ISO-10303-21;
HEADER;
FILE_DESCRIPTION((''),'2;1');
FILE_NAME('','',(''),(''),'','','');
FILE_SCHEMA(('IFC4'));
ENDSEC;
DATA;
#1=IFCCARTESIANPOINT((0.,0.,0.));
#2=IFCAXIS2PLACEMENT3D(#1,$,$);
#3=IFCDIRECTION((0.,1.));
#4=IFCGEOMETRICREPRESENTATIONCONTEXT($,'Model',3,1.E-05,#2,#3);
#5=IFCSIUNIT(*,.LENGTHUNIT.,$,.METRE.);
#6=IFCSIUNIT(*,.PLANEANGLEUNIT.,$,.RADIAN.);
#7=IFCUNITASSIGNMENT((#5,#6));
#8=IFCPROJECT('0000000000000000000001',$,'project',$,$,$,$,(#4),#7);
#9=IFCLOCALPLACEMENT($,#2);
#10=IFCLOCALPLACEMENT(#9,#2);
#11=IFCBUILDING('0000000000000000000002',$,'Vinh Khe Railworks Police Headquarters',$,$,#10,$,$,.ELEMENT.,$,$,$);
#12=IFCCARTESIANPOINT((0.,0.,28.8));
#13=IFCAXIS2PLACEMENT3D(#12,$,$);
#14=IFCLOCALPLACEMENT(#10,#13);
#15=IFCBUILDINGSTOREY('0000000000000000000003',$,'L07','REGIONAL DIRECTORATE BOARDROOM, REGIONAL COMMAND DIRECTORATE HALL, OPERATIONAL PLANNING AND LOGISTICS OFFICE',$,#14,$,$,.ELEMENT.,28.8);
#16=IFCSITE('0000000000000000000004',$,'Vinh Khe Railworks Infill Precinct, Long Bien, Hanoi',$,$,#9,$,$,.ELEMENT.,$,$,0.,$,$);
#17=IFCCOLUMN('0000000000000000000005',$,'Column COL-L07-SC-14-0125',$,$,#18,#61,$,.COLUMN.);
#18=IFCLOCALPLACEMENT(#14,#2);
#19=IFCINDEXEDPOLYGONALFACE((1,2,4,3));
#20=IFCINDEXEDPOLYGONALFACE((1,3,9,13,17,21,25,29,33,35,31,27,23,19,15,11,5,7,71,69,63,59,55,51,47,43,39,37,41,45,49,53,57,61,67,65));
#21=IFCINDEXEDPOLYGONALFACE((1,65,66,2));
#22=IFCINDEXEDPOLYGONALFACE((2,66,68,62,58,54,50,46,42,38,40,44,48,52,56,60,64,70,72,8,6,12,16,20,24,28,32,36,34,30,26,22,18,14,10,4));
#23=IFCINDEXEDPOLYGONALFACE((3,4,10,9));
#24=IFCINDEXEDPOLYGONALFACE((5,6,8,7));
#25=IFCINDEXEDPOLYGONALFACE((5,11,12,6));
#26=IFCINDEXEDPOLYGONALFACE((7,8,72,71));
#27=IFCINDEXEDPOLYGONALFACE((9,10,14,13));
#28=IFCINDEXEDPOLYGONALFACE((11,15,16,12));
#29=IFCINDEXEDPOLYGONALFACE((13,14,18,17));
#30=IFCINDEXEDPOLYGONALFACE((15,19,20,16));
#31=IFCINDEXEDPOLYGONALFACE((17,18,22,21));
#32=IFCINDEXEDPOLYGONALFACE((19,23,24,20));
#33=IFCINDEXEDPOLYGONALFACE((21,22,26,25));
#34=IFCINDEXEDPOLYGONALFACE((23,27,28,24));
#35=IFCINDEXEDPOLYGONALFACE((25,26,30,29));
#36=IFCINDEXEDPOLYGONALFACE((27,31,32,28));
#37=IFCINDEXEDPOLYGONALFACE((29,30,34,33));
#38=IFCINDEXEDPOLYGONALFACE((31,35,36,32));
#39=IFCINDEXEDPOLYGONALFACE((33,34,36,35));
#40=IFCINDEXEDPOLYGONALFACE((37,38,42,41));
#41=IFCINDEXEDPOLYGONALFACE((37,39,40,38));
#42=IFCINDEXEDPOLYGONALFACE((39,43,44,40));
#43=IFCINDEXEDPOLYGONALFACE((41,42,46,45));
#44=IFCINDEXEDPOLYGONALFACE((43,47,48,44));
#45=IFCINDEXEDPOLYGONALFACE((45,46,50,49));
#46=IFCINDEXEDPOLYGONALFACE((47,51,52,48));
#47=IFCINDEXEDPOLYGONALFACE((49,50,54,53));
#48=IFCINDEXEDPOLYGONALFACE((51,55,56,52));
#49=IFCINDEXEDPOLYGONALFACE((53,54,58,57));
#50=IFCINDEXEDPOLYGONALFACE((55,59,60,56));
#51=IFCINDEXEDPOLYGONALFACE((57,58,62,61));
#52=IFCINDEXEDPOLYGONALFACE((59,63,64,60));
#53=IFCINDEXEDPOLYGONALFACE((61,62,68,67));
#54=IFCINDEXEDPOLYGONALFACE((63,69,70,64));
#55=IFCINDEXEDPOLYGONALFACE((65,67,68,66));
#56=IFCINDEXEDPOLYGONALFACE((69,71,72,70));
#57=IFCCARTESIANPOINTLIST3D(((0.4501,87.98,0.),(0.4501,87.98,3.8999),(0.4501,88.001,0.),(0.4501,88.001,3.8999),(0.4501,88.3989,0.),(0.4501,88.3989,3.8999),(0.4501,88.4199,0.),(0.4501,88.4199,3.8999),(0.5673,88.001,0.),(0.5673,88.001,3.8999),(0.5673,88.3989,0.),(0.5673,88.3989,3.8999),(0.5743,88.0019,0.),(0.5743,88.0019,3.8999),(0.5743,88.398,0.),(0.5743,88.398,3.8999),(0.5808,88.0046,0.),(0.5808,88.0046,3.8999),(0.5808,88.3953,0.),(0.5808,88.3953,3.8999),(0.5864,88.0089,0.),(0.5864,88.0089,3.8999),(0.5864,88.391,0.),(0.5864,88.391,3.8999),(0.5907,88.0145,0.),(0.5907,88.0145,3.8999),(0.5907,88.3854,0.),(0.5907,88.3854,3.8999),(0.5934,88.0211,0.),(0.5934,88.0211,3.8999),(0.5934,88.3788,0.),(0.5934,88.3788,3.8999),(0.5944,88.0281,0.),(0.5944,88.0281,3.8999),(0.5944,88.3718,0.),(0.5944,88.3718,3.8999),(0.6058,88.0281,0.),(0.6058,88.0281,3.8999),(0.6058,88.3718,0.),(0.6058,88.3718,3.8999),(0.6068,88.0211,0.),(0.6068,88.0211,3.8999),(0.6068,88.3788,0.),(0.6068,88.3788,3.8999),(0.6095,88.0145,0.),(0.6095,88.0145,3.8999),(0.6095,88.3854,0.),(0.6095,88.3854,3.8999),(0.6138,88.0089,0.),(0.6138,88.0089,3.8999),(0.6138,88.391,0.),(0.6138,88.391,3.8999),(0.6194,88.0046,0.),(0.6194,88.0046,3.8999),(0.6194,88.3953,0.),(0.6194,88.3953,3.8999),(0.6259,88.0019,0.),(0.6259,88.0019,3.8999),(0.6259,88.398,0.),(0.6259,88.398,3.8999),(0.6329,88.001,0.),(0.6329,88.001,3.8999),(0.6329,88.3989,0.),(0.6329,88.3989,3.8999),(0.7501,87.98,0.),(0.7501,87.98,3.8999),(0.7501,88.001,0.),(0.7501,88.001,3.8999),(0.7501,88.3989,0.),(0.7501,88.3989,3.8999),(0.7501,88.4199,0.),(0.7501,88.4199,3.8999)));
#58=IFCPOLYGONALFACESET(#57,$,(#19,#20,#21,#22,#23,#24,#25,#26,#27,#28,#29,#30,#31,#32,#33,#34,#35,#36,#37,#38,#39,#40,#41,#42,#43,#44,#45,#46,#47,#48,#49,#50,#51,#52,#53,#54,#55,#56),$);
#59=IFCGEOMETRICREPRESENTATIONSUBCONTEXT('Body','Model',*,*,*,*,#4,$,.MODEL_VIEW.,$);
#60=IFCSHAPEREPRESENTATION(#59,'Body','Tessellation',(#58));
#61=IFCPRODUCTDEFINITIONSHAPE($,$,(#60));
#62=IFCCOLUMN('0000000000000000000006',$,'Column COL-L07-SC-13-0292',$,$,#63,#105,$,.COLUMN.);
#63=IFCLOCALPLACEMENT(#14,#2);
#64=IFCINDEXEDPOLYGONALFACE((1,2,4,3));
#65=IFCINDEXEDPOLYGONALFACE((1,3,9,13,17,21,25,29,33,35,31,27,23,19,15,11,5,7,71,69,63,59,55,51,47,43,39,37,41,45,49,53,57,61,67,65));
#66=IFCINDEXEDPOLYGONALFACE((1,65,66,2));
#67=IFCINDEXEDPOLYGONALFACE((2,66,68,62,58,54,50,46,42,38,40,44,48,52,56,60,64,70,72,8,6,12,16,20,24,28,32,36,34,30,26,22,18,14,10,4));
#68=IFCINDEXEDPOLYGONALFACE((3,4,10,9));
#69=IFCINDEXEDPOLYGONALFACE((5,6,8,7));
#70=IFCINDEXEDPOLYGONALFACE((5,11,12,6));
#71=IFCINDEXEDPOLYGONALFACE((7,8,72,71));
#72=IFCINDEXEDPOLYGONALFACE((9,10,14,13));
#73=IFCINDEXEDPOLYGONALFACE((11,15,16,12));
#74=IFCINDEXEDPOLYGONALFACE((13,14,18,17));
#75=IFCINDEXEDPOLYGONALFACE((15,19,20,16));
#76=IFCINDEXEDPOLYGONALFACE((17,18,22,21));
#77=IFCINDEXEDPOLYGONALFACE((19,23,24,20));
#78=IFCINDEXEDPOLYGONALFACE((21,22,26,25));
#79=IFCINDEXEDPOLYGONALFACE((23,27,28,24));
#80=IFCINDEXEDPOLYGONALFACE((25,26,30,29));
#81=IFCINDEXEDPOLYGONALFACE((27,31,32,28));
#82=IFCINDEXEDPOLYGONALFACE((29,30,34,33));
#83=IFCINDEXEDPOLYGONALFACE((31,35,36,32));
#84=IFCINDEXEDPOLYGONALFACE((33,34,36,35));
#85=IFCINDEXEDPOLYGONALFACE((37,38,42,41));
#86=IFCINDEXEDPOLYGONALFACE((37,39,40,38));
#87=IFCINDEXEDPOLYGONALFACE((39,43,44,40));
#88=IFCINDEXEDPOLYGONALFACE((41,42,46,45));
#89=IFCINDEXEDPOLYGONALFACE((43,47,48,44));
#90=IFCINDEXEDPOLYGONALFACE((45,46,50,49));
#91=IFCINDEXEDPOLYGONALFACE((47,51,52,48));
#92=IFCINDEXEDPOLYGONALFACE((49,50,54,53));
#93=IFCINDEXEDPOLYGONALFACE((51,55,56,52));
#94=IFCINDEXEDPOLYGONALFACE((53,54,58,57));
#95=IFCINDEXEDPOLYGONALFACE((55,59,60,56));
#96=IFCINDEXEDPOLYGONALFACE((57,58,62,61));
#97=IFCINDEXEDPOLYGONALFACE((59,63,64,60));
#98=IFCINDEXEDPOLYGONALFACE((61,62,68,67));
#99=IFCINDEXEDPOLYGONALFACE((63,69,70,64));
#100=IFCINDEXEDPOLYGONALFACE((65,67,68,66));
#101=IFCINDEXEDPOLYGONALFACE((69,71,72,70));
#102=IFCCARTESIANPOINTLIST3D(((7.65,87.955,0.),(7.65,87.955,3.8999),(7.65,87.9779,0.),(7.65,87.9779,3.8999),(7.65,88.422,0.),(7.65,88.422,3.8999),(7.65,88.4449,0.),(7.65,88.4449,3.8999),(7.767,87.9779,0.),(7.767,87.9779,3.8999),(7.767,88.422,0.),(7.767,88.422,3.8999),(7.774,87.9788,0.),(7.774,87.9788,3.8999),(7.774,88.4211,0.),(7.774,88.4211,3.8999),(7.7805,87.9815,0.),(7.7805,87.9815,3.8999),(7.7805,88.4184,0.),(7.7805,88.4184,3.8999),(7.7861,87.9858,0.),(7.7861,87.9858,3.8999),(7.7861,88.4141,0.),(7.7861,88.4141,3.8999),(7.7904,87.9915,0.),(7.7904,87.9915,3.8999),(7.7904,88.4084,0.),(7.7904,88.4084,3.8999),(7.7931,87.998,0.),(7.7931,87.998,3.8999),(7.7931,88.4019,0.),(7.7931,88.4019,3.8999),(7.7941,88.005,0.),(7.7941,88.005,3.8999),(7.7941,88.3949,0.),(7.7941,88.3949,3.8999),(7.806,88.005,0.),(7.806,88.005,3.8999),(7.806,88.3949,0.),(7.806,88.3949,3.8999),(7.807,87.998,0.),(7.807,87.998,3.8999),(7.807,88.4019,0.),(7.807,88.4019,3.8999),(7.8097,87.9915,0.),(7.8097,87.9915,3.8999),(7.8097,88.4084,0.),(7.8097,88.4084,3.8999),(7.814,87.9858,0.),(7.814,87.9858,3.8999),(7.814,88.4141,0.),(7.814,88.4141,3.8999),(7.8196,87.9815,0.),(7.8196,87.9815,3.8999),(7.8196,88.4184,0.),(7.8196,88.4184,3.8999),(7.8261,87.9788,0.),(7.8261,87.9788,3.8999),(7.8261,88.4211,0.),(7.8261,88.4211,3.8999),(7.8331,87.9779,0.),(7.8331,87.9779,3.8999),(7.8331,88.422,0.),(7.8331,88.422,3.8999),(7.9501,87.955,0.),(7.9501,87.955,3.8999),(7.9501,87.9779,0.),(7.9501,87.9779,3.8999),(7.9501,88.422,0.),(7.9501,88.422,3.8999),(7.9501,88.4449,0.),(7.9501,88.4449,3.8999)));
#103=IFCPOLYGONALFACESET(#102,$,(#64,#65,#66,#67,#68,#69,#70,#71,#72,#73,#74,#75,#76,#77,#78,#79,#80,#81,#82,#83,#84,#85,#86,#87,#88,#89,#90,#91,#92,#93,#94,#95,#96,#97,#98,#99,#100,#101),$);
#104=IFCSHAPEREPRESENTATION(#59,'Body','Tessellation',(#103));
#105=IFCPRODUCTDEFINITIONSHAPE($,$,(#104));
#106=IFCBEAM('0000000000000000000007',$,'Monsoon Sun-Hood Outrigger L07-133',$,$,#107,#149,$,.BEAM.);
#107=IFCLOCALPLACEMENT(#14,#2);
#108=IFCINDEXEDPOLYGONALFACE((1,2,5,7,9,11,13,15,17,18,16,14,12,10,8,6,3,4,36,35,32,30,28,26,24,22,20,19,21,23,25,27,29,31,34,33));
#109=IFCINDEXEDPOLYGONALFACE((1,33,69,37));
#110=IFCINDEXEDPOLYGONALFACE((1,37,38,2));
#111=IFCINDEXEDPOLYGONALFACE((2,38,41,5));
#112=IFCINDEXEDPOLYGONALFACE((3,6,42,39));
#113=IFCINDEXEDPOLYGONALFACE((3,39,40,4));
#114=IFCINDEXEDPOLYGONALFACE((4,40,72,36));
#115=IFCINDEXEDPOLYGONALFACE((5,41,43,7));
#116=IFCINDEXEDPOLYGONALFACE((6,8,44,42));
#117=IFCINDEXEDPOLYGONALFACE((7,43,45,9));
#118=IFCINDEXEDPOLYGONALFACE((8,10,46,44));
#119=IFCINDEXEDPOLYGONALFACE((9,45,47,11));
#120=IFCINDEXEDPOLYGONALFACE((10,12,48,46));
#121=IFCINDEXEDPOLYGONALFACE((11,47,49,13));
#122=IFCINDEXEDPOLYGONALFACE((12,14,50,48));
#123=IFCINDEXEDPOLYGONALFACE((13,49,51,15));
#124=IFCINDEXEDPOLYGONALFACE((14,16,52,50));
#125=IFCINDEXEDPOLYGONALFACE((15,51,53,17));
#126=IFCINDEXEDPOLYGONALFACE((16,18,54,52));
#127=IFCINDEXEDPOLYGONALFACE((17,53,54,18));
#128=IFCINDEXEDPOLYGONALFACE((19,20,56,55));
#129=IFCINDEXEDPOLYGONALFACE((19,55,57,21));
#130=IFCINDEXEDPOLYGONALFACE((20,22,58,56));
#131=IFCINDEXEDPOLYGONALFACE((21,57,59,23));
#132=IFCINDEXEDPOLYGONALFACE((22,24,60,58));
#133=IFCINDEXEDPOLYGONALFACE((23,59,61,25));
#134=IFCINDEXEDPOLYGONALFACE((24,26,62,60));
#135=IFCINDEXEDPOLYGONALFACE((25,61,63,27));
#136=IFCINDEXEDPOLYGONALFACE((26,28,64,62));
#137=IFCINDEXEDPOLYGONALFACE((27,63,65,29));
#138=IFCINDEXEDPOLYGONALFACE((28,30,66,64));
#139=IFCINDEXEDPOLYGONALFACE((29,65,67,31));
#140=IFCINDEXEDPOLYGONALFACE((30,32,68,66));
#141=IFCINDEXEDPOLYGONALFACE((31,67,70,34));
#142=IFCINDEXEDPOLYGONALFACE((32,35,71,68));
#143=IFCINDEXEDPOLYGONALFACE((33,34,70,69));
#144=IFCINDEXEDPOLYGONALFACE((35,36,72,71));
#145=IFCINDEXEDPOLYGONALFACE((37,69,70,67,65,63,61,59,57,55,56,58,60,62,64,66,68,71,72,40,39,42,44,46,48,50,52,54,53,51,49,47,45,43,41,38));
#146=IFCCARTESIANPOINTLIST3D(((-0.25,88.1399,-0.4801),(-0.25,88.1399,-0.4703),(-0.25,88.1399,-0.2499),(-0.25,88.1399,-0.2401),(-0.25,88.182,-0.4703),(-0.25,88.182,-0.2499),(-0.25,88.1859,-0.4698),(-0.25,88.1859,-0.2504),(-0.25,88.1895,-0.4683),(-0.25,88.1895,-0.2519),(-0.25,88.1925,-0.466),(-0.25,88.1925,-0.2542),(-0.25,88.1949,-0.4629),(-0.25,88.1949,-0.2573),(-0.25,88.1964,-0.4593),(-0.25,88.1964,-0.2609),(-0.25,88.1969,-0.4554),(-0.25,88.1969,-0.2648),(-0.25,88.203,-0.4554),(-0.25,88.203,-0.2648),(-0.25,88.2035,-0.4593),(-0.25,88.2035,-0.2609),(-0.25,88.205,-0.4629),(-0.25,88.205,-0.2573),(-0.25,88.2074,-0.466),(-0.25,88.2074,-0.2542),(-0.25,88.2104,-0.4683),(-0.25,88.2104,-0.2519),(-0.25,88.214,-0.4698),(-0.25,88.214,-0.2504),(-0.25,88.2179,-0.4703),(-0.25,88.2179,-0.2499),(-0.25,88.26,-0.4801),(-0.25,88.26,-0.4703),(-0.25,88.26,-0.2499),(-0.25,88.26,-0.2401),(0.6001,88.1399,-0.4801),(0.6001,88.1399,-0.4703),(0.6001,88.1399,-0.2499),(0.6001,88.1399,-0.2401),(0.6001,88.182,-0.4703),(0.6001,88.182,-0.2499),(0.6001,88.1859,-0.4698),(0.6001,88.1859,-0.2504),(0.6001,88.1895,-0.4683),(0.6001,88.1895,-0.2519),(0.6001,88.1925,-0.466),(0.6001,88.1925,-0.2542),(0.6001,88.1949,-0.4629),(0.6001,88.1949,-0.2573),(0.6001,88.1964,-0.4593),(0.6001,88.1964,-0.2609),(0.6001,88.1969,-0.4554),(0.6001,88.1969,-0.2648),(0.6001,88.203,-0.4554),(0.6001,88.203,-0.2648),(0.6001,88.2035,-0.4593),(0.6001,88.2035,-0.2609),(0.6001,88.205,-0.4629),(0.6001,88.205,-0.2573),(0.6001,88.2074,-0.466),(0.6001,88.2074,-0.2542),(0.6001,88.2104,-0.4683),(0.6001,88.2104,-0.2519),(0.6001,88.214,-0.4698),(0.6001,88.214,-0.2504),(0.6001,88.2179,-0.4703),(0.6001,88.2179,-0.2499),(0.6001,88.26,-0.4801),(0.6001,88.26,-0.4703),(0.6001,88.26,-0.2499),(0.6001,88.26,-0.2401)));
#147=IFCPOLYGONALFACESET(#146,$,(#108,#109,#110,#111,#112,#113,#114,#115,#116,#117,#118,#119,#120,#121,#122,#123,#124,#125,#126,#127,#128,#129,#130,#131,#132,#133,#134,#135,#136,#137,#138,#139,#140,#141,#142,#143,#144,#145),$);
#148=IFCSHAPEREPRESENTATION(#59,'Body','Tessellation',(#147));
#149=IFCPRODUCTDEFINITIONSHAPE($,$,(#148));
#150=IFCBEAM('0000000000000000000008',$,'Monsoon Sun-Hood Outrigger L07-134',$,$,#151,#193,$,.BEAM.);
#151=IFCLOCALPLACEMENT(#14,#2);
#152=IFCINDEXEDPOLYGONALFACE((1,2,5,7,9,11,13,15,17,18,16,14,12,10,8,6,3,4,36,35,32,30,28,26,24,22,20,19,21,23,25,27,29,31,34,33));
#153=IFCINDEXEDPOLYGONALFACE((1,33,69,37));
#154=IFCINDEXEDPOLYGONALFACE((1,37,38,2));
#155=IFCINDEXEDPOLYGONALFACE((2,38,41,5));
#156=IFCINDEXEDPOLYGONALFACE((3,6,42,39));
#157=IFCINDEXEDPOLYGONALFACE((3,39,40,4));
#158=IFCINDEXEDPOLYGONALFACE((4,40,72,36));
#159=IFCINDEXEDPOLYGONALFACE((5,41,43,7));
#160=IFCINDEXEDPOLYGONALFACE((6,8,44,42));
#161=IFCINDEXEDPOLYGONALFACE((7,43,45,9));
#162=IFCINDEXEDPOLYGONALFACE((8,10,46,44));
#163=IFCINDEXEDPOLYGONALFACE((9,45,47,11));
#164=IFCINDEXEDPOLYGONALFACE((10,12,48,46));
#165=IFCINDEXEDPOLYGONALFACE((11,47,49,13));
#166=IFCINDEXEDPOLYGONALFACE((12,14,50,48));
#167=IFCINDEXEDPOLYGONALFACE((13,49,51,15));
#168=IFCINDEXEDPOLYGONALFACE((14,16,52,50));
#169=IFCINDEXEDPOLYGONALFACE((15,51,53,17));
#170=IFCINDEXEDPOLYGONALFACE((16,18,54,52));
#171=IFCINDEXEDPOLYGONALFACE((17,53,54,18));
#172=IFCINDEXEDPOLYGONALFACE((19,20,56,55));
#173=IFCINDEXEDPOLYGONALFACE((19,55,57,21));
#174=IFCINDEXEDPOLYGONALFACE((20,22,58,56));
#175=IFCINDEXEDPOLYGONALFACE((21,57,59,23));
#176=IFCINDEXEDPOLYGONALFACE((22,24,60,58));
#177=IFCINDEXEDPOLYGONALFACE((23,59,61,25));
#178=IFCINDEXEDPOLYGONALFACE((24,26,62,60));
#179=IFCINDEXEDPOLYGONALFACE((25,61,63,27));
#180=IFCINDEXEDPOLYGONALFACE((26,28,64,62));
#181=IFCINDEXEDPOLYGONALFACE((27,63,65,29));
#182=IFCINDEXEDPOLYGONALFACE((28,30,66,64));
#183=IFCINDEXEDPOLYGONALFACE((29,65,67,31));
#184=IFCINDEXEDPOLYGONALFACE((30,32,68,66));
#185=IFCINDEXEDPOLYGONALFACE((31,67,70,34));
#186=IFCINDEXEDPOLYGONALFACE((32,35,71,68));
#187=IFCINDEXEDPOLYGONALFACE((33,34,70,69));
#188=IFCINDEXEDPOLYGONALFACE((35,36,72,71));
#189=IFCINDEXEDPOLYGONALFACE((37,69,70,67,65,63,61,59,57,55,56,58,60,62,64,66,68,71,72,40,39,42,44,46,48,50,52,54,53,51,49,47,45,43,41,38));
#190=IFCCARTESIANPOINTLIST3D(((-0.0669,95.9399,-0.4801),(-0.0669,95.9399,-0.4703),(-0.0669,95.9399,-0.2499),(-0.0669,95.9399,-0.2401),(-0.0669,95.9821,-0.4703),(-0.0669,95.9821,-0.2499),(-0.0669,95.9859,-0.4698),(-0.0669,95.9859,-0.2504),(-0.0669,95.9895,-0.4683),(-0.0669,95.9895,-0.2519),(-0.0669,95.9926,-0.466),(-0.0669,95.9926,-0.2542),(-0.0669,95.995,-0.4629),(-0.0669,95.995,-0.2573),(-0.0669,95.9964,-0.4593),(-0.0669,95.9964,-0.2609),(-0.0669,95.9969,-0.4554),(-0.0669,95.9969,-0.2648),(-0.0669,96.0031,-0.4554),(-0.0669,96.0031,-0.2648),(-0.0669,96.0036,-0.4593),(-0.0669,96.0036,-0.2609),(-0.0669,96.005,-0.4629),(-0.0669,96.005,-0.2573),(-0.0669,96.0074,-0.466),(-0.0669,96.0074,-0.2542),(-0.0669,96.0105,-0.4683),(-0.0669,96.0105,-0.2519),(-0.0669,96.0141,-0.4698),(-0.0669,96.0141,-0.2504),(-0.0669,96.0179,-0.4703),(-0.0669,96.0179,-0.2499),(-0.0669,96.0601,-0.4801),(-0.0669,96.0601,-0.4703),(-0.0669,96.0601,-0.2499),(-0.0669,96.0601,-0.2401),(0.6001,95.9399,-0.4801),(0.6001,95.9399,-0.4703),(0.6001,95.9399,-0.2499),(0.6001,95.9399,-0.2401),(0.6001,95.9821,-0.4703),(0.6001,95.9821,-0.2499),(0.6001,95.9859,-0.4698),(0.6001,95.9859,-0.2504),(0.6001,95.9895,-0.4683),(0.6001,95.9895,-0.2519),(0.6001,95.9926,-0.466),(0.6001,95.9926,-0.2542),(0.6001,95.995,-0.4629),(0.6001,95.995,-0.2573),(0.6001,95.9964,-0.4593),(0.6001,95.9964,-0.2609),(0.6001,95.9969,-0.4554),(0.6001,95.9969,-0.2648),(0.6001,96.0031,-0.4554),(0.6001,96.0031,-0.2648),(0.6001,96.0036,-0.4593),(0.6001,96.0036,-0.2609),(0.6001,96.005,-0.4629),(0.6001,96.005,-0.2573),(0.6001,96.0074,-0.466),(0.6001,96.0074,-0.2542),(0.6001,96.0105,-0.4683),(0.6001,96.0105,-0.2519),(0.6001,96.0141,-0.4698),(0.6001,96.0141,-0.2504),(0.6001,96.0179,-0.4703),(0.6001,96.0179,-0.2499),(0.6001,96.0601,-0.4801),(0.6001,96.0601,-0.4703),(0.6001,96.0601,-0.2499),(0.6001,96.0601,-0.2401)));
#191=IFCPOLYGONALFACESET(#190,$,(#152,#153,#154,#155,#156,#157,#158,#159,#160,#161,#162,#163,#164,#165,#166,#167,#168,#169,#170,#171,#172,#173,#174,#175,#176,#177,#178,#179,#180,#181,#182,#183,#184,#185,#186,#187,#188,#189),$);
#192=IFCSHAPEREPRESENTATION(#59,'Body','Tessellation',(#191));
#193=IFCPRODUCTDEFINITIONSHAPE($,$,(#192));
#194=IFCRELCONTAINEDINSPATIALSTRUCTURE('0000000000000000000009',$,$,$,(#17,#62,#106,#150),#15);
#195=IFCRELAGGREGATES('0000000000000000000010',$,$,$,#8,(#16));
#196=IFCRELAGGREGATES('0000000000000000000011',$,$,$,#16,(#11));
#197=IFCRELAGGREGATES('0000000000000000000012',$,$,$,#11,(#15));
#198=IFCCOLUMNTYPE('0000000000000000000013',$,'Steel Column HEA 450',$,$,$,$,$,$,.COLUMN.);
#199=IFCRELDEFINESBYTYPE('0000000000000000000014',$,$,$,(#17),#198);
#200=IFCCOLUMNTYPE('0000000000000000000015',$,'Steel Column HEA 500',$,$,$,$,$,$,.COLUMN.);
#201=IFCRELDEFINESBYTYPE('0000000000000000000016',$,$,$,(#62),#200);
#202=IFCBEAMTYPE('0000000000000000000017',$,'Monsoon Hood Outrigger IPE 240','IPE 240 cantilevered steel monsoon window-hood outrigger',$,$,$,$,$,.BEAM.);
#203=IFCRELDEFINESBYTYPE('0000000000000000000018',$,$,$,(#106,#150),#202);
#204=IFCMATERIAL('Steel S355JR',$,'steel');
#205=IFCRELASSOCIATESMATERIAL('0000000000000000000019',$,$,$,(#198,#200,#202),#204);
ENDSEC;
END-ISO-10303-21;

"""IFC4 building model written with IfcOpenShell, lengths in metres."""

from ifc_helpers import new_model, si_unit, direction, frame, origin, origin_2d, place, context, subcontext, project, spatial, i_section, extrude, material, material_profile, profile_set, type_object, element, save


model = new_model("IFC4")

# Units and contexts
model_context = context("Model", 3, precision=1e-05, world=origin(), true_north=direction((0.0, 1.0)))
body_context = subcontext(model_context, "Body", "Model", "MODEL_VIEW")
ifc_project = project(units=[si_unit("LENGTHUNIT", "METRE"), si_unit("PLANEANGLEUNIT", "RADIAN")], contexts=[model_context])

# Site, building, storey
site_placement = place(None, origin())
site = spatial("IfcSite", under=ifc_project, at=site_placement, Name="Vinh Khe Railworks Infill Precinct, Long Bien, Hanoi", CompositionType="ELEMENT", RefElevation=0.0)
building_placement = place(site_placement, origin())
building = spatial("IfcBuilding", under=site, at=building_placement, Name="Vinh Khe Railworks Police Headquarters", CompositionType="ELEMENT")
storey_placement = place(building_placement, frame((0.0, 0.0, 28.8)))
storey = spatial("IfcBuildingStorey", under=building, at=storey_placement, Name="L07", Description="REGIONAL DIRECTORATE BOARDROOM, REGIONAL COMMAND DIRECTORATE HALL, OPERATIONAL PLANNING AND LOGISTICS OFFICE", CompositionType="ELEMENT", Elevation=28.8)

# Columns
ifc_material_1 = material(Name="Steel S355JR", Category="steel")
ifc_material_profile_1 = material_profile(ifc_material_1, i_section(OverallWidth=0.3, OverallDepth=0.4399, WebThickness=0.0115, FlangeThickness=0.021, FilletRadius=0.0271, at=origin_2d()), Name="HEA 450")
ifc_profile_set_1 = profile_set([ifc_material_profile_1], Name="Steel S355JR")
column_type_1 = type_object("IfcColumnType", Name="Steel Column HEA 450", PredefinedType="COLUMN", material=ifc_profile_set_1)
column_1_placement = place(storey_placement, frame((0.6001, 88.2, 0.0), z_axis=(0.0, 0.0, 1.0), x_axis=(1.0, 0.0, 0.0)))
element("IfcColumn", 1, at=column_1_placement, inside=storey, type_object=column_type_1, Name="Column COL-L07-SC-14-0125", PredefinedType="COLUMN", context=body_context, shape_type="SweptSolid", body=[
    extrude(i_section(OverallWidth=0.3, OverallDepth=0.4399, WebThickness=0.0115, FlangeThickness=0.021, FilletRadius=0.0271, at=origin_2d()), origin(), (0.0, 0.0, 1.0), 3.8999),
])
ifc_material_profile_2 = material_profile(ifc_material_1, i_section(OverallWidth=0.3, OverallDepth=0.49, WebThickness=0.012, FlangeThickness=0.0229, FilletRadius=0.0271, at=origin_2d()), Name="HEA 500")
ifc_profile_set_2 = profile_set([ifc_material_profile_2], Name="Steel S355JR")
column_type_2 = type_object("IfcColumnType", Name="Steel Column HEA 500", PredefinedType="COLUMN", material=ifc_profile_set_2)
column_2_placement = place(storey_placement, frame((7.8, 88.2, 0.0), z_axis=(0.0, 0.0, 1.0), x_axis=(1.0, 0.0, 0.0)))
element("IfcColumn", 2, at=column_2_placement, inside=storey, type_object=column_type_2, Name="Column COL-L07-SC-13-0292", PredefinedType="COLUMN", context=body_context, shape_type="SweptSolid", body=[
    extrude(i_section(OverallWidth=0.3, OverallDepth=0.49, WebThickness=0.012, FlangeThickness=0.0229, FilletRadius=0.0271, at=origin_2d()), origin(), (0.0, 0.0, 1.0), 3.8999),
])

# Beams
ifc_material_profile_3 = material_profile(ifc_material_1, i_section(OverallWidth=0.1201, OverallDepth=0.24, WebThickness=0.0061, FlangeThickness=0.0098, FilletRadius=0.0149, at=origin_2d()), Name="IPE 240")
ifc_profile_set_3 = profile_set([ifc_material_profile_3], Name="Steel S355JR")
beam_type_1 = type_object("IfcBeamType", Name="Monsoon Hood Outrigger IPE 240", Description="IPE 240 cantilevered steel monsoon window-hood outrigger", PredefinedType="BEAM", material=ifc_profile_set_3)
beam_1_placement = place(storey_placement, frame((-0.25, 88.2, -0.3601), z_axis=(1.0, 0.0, 0.0), x_axis=(0.0, 1.0, 0.0)))
element("IfcBeam", 3, at=beam_1_placement, inside=storey, type_object=beam_type_1, Name="Monsoon Sun-Hood Outrigger L07-133", PredefinedType="BEAM", context=body_context, shape_type="SweptSolid", body=[
    extrude(i_section(OverallWidth=0.1201, OverallDepth=0.24, WebThickness=0.0061, FlangeThickness=0.0098, FilletRadius=0.0149, at=origin_2d()), origin(), (0.0, 0.0, 1.0), 0.8501),
])
beam_2_placement = place(storey_placement, frame((-0.0669, 96.0, -0.3601), z_axis=(1.0, 0.0, 0.0), x_axis=(0.0, 1.0, 0.0)))
element("IfcBeam", 4, at=beam_2_placement, inside=storey, type_object=beam_type_1, Name="Monsoon Sun-Hood Outrigger L07-134", PredefinedType="BEAM", context=body_context, shape_type="SweptSolid", body=[
    extrude(i_section(OverallWidth=0.1201, OverallDepth=0.24, WebThickness=0.0061, FlangeThickness=0.0098, FilletRadius=0.0149, at=origin_2d()), origin(), (0.0, 0.0, 1.0), 0.667),
])

save(model, "model.ifc")
